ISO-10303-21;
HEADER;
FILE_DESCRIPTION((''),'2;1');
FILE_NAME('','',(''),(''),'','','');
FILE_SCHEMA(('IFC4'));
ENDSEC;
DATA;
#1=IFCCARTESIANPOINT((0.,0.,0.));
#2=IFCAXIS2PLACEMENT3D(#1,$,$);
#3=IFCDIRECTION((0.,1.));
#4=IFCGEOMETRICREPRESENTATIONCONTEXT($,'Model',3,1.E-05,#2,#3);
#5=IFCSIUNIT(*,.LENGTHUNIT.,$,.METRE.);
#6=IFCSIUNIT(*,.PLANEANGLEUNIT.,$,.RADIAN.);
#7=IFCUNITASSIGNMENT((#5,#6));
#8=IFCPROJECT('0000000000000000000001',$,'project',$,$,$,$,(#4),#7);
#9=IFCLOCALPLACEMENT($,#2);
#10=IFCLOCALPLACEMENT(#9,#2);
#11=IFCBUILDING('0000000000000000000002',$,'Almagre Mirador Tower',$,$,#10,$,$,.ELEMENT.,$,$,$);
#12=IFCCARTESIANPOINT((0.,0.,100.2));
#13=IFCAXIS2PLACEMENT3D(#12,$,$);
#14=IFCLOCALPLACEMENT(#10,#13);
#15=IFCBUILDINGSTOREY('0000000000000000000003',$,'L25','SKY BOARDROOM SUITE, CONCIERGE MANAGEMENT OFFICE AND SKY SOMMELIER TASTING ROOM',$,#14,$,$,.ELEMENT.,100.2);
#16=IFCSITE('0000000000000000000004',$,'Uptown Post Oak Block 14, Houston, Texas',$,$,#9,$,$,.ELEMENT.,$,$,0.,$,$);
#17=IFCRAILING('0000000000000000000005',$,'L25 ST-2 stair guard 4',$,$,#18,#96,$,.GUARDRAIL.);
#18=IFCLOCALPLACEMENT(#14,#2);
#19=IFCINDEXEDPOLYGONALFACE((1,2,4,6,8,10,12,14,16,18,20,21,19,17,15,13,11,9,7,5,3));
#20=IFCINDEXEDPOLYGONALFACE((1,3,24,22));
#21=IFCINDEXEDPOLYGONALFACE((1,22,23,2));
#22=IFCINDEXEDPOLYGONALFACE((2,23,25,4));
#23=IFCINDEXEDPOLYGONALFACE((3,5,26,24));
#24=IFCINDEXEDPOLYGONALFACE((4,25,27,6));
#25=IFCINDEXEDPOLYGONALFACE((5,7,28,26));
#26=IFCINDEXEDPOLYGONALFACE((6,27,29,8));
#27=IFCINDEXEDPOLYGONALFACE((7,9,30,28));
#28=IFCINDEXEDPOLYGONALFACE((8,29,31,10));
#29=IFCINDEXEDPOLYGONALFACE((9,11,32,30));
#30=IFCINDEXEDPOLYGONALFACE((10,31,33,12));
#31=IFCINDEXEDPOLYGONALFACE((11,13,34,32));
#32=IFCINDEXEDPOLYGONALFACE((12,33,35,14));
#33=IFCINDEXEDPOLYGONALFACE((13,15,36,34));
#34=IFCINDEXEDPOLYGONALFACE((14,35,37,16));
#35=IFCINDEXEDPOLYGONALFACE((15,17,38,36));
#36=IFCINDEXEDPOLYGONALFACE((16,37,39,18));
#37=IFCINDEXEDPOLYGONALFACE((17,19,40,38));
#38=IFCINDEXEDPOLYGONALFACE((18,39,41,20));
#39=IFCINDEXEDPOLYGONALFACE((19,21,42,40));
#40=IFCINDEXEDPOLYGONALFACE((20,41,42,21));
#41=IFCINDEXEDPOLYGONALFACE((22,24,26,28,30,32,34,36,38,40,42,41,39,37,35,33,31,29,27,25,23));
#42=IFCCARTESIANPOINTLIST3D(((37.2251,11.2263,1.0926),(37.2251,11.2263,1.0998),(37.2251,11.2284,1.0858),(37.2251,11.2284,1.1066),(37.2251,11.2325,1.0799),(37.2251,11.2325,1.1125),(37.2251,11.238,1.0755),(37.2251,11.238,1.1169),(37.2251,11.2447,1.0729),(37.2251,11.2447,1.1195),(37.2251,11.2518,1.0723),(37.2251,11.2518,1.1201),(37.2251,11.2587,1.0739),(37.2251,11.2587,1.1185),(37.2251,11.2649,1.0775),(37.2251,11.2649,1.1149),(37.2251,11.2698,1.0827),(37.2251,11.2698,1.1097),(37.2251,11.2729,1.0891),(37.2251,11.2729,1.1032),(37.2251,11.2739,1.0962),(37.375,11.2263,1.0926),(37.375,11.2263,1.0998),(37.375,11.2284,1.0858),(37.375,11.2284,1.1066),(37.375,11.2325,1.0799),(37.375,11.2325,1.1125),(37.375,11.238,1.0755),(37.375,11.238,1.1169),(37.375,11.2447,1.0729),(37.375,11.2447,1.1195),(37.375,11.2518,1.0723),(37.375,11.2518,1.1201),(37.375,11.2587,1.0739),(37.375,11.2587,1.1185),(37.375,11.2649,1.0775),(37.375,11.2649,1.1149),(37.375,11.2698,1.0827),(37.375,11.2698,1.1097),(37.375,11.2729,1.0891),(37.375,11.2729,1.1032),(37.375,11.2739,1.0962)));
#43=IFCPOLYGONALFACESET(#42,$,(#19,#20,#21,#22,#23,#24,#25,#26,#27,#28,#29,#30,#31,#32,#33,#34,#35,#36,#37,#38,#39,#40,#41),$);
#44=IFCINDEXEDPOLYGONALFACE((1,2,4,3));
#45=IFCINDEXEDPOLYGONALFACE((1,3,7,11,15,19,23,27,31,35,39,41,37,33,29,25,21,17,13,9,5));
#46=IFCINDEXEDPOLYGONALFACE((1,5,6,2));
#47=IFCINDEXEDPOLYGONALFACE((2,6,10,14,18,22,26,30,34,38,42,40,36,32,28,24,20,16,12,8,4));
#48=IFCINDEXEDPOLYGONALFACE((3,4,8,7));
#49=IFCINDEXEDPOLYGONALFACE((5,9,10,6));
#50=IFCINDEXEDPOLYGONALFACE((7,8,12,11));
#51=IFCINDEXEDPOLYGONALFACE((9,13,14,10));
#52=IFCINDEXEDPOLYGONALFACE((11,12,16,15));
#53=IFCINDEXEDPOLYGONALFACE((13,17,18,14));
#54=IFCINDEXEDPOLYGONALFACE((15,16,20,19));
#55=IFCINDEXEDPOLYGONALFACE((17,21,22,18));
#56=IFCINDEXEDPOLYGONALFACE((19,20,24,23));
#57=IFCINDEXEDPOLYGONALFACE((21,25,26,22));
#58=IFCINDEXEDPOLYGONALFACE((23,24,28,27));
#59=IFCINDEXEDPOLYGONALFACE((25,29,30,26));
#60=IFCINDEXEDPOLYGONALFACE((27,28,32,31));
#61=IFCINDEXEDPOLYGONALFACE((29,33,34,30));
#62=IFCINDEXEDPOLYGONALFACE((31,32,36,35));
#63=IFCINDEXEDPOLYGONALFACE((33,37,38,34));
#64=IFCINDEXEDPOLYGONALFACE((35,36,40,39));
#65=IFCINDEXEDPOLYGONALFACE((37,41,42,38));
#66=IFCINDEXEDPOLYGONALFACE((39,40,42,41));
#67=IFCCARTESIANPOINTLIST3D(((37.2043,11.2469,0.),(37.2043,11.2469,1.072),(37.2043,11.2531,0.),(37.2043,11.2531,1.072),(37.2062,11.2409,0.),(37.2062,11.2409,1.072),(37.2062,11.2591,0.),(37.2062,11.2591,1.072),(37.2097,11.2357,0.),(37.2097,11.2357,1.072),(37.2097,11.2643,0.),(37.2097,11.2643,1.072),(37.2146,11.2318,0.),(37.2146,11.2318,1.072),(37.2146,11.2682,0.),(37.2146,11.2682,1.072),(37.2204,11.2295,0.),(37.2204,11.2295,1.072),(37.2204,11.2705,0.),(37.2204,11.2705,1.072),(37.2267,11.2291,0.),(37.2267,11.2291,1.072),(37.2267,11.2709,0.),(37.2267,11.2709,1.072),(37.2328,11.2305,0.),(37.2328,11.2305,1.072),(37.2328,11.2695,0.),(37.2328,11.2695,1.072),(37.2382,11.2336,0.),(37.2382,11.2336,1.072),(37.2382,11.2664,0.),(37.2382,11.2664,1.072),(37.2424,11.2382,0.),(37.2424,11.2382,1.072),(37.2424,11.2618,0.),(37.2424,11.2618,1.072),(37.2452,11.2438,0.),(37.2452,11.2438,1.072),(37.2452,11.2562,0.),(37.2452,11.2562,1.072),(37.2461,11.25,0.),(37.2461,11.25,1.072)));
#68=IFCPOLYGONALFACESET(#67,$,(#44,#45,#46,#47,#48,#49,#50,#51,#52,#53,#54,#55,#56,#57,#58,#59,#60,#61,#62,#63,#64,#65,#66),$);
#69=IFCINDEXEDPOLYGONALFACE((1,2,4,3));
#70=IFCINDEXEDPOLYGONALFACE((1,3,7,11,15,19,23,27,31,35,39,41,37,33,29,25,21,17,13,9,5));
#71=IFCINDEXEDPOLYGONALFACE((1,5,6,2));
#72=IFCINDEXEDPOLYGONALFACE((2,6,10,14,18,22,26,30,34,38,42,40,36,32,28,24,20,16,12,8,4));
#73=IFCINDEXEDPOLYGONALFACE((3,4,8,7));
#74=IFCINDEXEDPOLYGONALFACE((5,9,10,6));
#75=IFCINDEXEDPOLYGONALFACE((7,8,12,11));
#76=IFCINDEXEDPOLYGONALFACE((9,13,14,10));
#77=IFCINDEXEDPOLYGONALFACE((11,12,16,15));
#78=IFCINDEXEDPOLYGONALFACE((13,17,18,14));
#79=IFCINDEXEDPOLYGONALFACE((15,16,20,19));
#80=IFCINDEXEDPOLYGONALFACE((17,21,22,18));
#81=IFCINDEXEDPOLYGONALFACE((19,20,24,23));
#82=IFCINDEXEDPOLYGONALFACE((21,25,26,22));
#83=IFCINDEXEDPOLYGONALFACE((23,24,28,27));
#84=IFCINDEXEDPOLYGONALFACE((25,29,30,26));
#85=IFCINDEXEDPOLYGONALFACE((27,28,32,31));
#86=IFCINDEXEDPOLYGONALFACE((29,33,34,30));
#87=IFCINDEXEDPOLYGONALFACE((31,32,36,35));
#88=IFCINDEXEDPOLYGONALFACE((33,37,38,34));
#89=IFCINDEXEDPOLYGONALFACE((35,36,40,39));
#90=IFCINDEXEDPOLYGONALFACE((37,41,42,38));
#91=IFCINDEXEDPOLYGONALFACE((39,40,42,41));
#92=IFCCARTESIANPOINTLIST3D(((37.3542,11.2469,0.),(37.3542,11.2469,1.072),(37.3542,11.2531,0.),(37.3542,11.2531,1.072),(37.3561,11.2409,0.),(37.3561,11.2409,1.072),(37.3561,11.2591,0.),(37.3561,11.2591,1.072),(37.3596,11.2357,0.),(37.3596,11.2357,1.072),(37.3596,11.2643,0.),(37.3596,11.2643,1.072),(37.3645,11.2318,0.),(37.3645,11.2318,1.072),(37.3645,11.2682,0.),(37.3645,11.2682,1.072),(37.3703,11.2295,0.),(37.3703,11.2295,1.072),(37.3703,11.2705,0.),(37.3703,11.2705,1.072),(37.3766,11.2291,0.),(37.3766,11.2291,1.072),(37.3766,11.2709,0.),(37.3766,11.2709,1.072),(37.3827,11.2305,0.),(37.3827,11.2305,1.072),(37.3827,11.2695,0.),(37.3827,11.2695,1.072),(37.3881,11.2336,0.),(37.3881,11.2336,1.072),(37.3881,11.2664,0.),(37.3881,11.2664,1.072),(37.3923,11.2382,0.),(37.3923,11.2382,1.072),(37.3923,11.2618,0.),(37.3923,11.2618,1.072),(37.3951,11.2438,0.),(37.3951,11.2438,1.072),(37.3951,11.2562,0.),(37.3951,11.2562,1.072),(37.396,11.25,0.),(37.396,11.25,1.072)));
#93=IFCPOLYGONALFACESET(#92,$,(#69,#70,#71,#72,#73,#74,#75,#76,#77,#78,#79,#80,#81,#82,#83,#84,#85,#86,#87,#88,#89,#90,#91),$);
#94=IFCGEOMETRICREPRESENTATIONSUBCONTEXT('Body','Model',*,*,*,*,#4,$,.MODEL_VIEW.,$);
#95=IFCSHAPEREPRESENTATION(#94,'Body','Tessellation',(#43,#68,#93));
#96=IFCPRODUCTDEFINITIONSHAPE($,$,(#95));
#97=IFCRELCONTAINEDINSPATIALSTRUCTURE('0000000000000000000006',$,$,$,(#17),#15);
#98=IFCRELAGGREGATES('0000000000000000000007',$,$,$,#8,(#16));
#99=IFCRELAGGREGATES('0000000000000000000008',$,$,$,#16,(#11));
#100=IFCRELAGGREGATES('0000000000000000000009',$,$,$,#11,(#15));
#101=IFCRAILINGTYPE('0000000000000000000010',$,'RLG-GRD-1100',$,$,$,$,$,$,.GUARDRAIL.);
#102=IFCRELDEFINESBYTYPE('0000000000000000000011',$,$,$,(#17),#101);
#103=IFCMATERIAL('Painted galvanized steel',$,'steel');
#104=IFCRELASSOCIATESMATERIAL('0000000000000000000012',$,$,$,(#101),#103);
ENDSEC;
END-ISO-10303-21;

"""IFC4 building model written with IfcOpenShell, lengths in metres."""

from ifc_helpers import new_model, si_unit, direction, frame, origin, origin_2d, place, context, subcontext, project, spatial, circle, extrude, material, type_object, element, save


model = new_model("IFC4")

# Units and contexts
model_context = context("Model", 3, precision=1e-05, world=origin(), true_north=direction((0.0, 1.0)))
body_context = subcontext(model_context, "Body", "Model", "MODEL_VIEW")
ifc_project = project(units=[si_unit("LENGTHUNIT", "METRE"), si_unit("PLANEANGLEUNIT", "RADIAN")], contexts=[model_context])

# Site, building, storey
site_placement = place(None, origin())
site = spatial("IfcSite", under=ifc_project, at=site_placement, Name="Uptown Post Oak Block 14, Houston, Texas", CompositionType="ELEMENT", RefElevation=0.0)
building_placement = place(site_placement, origin())
building = spatial("IfcBuilding", under=site, at=building_placement, Name="Almagre Mirador Tower", CompositionType="ELEMENT")
storey_placement = place(building_placement, frame((0.0, 0.0, 100.2)))
storey = spatial("IfcBuildingStorey", under=building, at=storey_placement, Name="L25", Description="SKY BOARDROOM SUITE, CONCIERGE MANAGEMENT OFFICE AND SKY SOMMELIER TASTING ROOM", CompositionType="ELEMENT", Elevation=100.2)

# Railing
ifc_material_1 = material(Name="Painted galvanized steel", Category="steel")
railing_type_1 = type_object("IfcRailingType", Name="RLG-GRD-1100", PredefinedType="GUARDRAIL", material=ifc_material_1)
railing_1_placement = place(storey_placement, frame((37.2251, 11.25, 0.0)))
element("IfcRailing", 1, at=railing_1_placement, inside=storey, type_object=railing_type_1, Name="L25 ST-2 stair guard 4", PredefinedType="GUARDRAIL", context=body_context, shape_type="SweptSolid", body=[
    extrude(circle(Radius=0.0239, at=origin_2d()), frame((0.0, 0.0, 1.0962), z_axis=(1.0, 0.0, 0.0), x_axis=(0.0, 1.0, 0.0)), (0.0, 0.0, 1.0), 0.1499),
    extrude(circle(Radius=0.021, at=origin_2d()), origin(), (0.0, 0.0, 1.0), 1.072),
    extrude(circle(Radius=0.021, at=origin_2d()), frame((0.1499, 0.0, 0.0)), (0.0, 0.0, 1.0), 1.072),
])

save(model, "model.ifc")
